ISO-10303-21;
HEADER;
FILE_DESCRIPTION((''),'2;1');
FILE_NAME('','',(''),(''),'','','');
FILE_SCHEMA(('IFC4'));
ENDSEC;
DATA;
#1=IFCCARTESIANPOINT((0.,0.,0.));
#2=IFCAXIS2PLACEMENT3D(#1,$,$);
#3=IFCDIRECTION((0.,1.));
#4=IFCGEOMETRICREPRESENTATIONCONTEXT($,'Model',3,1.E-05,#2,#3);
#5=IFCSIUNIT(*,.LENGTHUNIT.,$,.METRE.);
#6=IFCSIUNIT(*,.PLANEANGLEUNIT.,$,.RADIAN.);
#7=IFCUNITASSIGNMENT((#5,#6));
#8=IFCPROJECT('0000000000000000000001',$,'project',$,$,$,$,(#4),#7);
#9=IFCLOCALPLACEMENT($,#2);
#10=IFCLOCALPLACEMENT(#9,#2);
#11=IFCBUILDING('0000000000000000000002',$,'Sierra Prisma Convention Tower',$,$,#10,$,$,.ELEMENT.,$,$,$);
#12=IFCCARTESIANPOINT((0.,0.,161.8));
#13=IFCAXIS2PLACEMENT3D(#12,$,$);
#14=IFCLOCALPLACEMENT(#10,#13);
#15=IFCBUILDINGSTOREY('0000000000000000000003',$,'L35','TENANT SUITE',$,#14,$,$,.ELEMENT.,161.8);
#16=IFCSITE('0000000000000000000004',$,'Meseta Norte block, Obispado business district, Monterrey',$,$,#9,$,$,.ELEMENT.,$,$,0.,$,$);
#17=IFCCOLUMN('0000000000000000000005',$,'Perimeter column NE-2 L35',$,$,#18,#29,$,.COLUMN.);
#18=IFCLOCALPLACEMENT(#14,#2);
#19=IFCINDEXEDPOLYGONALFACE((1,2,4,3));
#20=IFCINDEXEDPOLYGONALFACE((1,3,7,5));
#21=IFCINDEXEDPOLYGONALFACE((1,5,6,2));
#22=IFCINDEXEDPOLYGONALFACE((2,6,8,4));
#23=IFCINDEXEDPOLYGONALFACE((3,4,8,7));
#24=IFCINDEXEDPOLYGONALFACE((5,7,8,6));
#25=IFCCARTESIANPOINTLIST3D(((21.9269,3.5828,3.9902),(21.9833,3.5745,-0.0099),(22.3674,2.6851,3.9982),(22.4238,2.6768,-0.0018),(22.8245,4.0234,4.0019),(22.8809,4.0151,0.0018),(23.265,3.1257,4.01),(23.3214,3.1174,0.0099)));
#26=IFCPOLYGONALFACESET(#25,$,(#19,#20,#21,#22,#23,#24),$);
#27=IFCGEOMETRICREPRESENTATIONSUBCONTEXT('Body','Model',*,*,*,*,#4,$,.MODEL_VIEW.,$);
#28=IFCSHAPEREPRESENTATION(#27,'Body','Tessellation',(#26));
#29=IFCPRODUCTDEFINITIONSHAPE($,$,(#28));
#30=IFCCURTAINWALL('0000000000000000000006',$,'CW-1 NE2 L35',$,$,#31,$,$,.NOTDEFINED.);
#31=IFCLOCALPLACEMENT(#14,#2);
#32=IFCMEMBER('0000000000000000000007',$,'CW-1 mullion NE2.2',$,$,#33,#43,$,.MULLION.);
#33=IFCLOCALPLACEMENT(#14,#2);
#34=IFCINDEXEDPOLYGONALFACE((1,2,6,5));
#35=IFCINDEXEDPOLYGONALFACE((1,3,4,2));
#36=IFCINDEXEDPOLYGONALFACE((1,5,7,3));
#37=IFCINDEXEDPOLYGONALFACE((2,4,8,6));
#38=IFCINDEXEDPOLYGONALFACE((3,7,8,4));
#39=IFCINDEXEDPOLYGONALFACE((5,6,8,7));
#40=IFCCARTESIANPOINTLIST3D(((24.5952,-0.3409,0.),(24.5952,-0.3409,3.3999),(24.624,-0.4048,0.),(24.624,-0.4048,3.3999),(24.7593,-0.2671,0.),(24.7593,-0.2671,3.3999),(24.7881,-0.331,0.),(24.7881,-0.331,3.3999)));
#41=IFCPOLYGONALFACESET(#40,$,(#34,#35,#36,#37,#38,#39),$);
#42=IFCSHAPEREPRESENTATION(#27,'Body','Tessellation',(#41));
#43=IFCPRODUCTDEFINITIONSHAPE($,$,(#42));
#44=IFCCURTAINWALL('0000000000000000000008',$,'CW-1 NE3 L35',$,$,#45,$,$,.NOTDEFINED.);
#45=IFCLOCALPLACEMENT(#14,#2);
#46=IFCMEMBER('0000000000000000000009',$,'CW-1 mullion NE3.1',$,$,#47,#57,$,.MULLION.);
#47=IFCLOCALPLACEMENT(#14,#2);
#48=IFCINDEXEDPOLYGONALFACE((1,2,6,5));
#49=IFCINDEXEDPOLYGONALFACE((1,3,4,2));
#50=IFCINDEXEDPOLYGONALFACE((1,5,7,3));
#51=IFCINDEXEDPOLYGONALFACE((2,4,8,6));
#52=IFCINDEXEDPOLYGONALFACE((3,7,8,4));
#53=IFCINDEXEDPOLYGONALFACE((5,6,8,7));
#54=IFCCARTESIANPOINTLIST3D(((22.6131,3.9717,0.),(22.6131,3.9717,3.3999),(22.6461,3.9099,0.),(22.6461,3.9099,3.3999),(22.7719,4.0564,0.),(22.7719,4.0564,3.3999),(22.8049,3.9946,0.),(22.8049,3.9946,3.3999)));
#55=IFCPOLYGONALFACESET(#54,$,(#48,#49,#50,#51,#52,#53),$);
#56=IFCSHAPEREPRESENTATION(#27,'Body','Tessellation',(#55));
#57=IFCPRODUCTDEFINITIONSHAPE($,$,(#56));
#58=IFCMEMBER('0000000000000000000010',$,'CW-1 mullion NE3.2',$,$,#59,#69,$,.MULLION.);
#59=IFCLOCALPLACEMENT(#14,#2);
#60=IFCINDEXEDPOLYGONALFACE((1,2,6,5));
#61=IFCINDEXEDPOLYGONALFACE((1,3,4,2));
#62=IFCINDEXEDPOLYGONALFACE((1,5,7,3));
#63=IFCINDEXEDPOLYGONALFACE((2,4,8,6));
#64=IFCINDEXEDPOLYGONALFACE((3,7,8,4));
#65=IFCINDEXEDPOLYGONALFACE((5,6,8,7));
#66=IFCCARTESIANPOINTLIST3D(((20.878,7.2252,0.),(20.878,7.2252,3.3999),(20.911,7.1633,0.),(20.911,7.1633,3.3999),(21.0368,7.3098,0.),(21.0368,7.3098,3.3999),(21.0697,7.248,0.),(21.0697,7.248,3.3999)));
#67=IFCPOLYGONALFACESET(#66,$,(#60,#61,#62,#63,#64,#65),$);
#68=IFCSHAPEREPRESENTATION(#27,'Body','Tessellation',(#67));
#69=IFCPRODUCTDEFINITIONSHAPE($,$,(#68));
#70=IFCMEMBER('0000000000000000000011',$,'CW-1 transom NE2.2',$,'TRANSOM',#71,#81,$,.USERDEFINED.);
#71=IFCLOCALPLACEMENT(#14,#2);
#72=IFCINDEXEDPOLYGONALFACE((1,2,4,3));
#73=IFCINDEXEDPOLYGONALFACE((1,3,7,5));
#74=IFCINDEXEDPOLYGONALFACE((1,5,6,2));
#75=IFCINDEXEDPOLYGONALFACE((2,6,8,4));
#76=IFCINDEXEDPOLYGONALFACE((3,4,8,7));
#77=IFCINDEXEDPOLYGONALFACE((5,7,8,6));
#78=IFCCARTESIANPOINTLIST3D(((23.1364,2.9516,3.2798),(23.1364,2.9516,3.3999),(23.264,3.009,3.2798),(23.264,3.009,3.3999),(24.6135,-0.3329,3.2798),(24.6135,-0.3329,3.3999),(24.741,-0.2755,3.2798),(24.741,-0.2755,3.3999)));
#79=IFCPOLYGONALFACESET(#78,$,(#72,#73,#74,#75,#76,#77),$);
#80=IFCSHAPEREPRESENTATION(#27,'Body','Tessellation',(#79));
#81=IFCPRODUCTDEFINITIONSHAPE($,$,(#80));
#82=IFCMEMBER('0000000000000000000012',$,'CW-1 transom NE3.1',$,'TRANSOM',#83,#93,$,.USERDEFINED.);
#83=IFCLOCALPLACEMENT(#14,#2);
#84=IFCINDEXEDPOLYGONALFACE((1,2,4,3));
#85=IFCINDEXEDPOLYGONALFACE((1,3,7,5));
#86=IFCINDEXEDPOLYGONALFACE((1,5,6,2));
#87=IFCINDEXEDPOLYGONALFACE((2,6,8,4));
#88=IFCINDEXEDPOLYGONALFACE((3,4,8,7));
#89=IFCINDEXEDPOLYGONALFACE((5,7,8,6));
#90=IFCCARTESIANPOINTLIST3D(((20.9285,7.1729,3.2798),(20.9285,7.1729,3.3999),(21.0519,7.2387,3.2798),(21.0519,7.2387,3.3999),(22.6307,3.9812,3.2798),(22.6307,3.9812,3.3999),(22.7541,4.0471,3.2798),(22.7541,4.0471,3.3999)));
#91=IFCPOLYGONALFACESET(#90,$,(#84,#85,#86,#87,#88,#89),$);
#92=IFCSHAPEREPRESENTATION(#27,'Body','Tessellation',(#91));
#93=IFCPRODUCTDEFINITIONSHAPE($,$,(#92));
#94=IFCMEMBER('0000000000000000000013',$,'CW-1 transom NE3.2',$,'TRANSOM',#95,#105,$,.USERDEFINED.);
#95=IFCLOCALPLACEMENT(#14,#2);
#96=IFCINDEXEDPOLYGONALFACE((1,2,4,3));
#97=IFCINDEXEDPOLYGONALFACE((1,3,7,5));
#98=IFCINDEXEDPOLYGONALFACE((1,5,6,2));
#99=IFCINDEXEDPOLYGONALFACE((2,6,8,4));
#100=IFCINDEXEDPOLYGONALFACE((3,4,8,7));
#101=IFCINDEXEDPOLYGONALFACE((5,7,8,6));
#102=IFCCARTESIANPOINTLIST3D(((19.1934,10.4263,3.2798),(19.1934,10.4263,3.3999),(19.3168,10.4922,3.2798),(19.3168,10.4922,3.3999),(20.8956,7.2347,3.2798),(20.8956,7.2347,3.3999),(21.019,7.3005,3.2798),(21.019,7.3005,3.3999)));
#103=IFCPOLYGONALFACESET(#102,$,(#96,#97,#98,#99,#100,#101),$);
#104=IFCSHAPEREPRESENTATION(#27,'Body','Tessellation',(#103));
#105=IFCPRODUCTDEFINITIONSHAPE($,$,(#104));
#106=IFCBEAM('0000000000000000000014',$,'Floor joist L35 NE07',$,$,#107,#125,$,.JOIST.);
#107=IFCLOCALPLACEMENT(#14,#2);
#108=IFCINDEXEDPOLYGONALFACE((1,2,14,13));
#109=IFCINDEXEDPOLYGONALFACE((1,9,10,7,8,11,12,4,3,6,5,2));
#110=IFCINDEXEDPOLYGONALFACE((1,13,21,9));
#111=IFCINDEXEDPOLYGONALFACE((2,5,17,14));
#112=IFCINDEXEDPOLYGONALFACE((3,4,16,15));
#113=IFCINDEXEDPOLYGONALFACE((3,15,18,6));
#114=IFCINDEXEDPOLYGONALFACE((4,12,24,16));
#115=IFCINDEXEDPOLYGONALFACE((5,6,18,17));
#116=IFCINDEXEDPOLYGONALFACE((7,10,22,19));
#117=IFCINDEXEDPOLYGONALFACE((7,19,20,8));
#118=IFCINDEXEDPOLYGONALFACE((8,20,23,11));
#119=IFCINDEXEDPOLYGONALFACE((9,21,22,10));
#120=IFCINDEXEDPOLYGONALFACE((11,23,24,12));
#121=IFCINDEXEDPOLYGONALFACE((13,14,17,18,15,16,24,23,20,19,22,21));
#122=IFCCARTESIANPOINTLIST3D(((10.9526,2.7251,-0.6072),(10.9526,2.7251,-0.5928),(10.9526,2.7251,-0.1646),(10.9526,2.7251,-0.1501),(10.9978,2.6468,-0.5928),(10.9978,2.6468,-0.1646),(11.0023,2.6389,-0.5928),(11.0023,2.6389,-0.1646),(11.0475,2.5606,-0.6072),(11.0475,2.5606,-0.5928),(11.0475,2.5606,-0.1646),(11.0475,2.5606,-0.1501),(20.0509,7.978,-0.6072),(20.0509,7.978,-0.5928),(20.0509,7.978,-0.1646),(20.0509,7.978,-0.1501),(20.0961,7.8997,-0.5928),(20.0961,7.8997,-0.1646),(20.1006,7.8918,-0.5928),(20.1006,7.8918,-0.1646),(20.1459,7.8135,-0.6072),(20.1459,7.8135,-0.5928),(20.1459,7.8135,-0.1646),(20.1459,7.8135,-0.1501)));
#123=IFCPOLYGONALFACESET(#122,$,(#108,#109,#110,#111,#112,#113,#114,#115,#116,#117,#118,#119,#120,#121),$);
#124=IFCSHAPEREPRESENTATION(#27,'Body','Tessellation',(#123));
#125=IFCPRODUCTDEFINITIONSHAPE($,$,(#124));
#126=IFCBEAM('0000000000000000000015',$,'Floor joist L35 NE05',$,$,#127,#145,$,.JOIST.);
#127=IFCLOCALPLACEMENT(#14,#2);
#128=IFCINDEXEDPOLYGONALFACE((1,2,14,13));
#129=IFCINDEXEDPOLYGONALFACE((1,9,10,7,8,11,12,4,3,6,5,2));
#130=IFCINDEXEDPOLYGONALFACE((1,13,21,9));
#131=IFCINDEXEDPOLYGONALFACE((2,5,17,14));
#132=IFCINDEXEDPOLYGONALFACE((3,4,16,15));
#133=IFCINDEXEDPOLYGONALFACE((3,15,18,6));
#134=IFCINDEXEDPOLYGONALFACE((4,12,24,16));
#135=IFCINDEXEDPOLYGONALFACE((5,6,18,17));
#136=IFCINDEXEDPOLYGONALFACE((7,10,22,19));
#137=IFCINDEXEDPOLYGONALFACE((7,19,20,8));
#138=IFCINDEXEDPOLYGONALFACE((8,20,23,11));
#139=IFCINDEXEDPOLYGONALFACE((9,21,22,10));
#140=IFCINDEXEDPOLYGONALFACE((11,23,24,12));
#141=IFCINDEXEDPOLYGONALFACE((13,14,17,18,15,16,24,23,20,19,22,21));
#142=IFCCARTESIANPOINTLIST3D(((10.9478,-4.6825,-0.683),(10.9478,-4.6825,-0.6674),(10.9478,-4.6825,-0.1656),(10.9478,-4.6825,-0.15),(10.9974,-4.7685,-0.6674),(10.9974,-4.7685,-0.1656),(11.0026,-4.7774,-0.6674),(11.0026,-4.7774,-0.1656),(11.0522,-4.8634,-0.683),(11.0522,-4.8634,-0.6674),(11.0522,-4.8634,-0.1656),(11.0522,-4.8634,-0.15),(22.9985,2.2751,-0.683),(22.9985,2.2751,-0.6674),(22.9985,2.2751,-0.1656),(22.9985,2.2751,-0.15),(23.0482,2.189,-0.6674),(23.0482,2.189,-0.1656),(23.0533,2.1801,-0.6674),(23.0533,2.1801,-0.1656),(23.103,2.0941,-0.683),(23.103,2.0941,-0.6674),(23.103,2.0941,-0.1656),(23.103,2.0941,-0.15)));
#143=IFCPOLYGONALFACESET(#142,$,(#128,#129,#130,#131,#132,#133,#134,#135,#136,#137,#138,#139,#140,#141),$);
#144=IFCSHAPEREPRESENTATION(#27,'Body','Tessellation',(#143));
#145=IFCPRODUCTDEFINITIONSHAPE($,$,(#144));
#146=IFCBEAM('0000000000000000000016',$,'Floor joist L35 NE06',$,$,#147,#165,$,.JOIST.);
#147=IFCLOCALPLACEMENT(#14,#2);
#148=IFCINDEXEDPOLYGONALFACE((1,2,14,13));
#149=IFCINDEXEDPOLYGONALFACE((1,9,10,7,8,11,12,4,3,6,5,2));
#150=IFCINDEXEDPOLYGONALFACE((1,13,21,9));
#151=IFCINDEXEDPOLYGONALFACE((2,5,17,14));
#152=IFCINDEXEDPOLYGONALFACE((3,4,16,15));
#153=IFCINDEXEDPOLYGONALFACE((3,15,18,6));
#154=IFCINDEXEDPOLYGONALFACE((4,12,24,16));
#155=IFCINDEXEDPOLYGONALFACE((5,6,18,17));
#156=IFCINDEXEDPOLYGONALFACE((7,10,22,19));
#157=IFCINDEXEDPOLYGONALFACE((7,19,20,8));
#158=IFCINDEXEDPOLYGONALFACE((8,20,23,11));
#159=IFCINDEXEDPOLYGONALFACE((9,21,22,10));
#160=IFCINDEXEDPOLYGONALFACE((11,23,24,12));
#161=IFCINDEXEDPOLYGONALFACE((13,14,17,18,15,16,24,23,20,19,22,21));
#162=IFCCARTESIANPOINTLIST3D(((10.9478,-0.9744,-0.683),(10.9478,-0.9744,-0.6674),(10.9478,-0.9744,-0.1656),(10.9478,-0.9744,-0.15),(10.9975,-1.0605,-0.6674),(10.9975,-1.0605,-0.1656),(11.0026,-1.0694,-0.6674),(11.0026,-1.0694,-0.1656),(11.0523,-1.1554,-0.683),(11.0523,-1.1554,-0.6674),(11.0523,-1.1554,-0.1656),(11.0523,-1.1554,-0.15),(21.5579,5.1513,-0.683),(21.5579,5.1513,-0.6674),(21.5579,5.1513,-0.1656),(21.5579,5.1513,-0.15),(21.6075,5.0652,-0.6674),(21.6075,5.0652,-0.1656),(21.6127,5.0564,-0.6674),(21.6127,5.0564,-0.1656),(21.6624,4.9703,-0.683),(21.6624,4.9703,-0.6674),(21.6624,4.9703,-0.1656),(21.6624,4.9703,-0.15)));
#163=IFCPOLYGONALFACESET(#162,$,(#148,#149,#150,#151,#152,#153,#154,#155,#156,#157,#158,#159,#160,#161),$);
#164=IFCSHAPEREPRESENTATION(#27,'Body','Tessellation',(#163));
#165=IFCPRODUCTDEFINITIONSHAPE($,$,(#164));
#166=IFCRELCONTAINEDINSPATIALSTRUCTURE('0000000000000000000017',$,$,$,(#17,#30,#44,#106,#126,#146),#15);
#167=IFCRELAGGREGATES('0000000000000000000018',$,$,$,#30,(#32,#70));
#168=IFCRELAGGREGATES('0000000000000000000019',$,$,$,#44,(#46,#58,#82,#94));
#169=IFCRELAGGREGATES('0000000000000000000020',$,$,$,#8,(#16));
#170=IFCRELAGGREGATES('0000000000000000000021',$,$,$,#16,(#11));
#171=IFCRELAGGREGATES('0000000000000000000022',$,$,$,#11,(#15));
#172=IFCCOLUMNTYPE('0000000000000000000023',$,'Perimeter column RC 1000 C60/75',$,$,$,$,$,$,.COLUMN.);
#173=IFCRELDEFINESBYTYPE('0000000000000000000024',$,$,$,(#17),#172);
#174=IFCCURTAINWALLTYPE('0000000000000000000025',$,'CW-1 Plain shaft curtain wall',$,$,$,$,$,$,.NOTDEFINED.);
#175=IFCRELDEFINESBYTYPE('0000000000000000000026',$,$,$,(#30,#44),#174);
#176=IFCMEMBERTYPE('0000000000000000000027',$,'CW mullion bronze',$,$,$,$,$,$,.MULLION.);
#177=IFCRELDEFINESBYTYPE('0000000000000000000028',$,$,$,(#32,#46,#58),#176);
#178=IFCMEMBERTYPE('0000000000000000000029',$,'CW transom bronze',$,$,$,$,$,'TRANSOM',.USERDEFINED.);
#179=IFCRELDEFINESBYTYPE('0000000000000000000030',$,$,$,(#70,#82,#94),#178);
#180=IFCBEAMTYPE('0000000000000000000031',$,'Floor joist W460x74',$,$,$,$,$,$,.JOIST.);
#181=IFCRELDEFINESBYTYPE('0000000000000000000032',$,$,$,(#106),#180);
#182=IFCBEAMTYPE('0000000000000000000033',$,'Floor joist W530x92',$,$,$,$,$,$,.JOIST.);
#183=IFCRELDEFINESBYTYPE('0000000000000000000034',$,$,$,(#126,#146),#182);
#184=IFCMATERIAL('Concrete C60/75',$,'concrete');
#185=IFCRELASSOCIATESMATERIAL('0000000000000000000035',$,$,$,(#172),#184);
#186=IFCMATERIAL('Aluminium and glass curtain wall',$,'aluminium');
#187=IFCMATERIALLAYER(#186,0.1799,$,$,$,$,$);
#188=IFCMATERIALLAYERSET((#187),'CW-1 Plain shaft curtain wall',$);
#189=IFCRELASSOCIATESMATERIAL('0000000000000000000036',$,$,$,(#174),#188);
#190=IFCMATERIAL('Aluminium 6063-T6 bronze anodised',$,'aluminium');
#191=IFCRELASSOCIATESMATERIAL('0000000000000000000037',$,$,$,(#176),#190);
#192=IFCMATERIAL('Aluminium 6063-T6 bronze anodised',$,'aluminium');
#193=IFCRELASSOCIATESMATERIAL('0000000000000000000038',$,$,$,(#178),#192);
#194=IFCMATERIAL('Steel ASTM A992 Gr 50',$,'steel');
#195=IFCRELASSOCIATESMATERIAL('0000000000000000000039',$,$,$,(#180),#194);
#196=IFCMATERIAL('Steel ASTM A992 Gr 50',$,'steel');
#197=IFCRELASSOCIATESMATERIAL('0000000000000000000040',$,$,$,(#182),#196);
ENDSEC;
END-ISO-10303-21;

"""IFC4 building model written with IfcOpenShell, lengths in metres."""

from ifc_helpers import new_model, si_unit, direction, frame, origin, origin_2d, place, context, subcontext, project, spatial, rectangle, i_section, extrude, material, layer, layer_set, material_profile, profile_set, type_object, element, aggregate, save


model = new_model("IFC4")

# Units and contexts
model_context = context("Model", 3, precision=1e-05, world=origin(), true_north=direction((0.0, 1.0)))
body_context = subcontext(model_context, "Body", "Model", "MODEL_VIEW")
ifc_project = project(units=[si_unit("LENGTHUNIT", "METRE"), si_unit("PLANEANGLEUNIT", "RADIAN")], contexts=[model_context])

# Site, building, storey
site_placement = place(None, origin())
site = spatial("IfcSite", under=ifc_project, at=site_placement, Name="Meseta Norte block, Obispado business district, Monterrey", CompositionType="ELEMENT", RefElevation=0.0)
building_placement = place(site_placement, origin())
building = spatial("IfcBuilding", under=site, at=building_placement, Name="Sierra Prisma Convention Tower", CompositionType="ELEMENT")
storey_placement = place(building_placement, frame((0.0, 0.0, 161.8)))
storey = spatial("IfcBuildingStorey", under=building, at=storey_placement, Name="L35", Description="TENANT SUITE", CompositionType="ELEMENT", Elevation=161.8)

# Column
ifc_material_1 = material(Name="Concrete C60/75", Category="concrete")
ifc_material_profile_1 = material_profile(ifc_material_1, rectangle(XDim=1.0, YDim=1.0, at=origin_2d()), Name="Perimeter column RC 1000 C60/75")
ifc_profile_set_1 = profile_set([ifc_material_profile_1], Name="Concrete C60/75")
column_type = type_object("IfcColumnType", Name="Perimeter column RC 1000 C60/75", PredefinedType="COLUMN", material=ifc_profile_set_1)
column_placement = place(storey_placement, frame((22.6523, 3.3459, 0.0), z_axis=(-0.014098, 0.002075, 0.999898), x_axis=(-0.440552, 0.897691, -0.008074)))
element("IfcColumn", 1, at=column_placement, inside=storey, type_object=column_type, Name="Perimeter column NE-2 L35", PredefinedType="COLUMN", context=body_context, shape_type="SweptSolid", body=[
    extrude(rectangle(XDim=1.0, YDim=1.0, at=origin_2d()), origin(), (0.0, 0.0, 1.0), 4.0005),
])

# Curtain wall, member
ifc_material_2 = material(Name="Aluminium and glass curtain wall", Category="aluminium")
ifc_layer_1 = layer(ifc_material_2, 0.1799)
ifc_layer_set_1 = layer_set([ifc_layer_1], Name="CW-1 Plain shaft curtain wall")
curtain_wall_type = type_object("IfcCurtainWallType", Name="CW-1 Plain shaft curtain wall", PredefinedType="NOTDEFINED", material=ifc_layer_set_1)
curtain_wall_1_placement = place(storey_placement, origin())
curtain_wall_1 = element("IfcCurtainWall", 2, at=curtain_wall_1_placement, inside=storey, type_object=curtain_wall_type, Name="CW-1 NE2 L35", PredefinedType="NOTDEFINED")
ifc_material_3 = material(Name="Aluminium 6063-T6 bronze anodised", Category="aluminium")
ifc_material_profile_2 = material_profile(ifc_material_3, rectangle(XDim=0.1799, YDim=0.0701, at=origin_2d()), Name="ALU MULLION 70x180")
ifc_profile_set_2 = profile_set([ifc_material_profile_2], Name="Aluminium 6063-T6 bronze anodised")
member_type_1 = type_object("IfcMemberType", Name="CW mullion bronze", PredefinedType="MULLION", material=ifc_profile_set_2)
member_1_placement = place(storey_placement, frame((24.6917, -0.3359, 0.0), z_axis=(0.0, 0.0, 1.0), x_axis=(-0.912028, -0.410127, 0.0)))
member_1 = element("IfcMember", 3, at=member_1_placement, type_object=member_type_1, Name="CW-1 mullion NE2.2", PredefinedType="MULLION", context=body_context, shape_type="SweptSolid", body=[
    extrude(rectangle(XDim=0.1799, YDim=0.0701, at=origin_2d()), origin(), (0.0, 0.0, 1.0), 3.3999),
])

# Curtain wall, members
curtain_wall_2_placement = place(storey_placement, origin())
curtain_wall_2 = element("IfcCurtainWall", 4, at=curtain_wall_2_placement, inside=storey, type_object=curtain_wall_type, Name="CW-1 NE3 L35", PredefinedType="NOTDEFINED")
member_2_placement = place(storey_placement, frame((22.709, 3.9832, 0.0), z_axis=(0.0, 0.0, 1.0), x_axis=(-0.882366, -0.470564, 0.0)))
member_2 = element("IfcMember", 5, at=member_2_placement, type_object=member_type_1, Name="CW-1 mullion NE3.1", PredefinedType="MULLION", context=body_context, shape_type="SweptSolid", body=[
    extrude(rectangle(XDim=0.1799, YDim=0.0701, at=origin_2d()), origin(), (0.0, 0.0, 1.0), 3.3999),
])
member_3_placement = place(storey_placement, frame((20.9739, 7.2366, 0.0), z_axis=(0.0, 0.0, 1.0), x_axis=(-0.882366, -0.470564, 0.0)))
member_3 = element("IfcMember", 6, at=member_3_placement, type_object=member_type_1, Name="CW-1 mullion NE3.2", PredefinedType="MULLION", context=body_context, shape_type="SweptSolid", body=[
    extrude(rectangle(XDim=0.1799, YDim=0.0701, at=origin_2d()), origin(), (0.0, 0.0, 1.0), 3.3999),
])

# Members
ifc_material_4 = material(Name="Aluminium 6063-T6 bronze anodised", Category="aluminium")
ifc_material_profile_3 = material_profile(ifc_material_4, rectangle(XDim=0.1399, YDim=0.1201, at=origin_2d()), Name="ALU TRANSOM 120x140")
ifc_profile_set_3 = profile_set([ifc_material_profile_3], Name="Aluminium 6063-T6 bronze anodised")
member_type_2 = type_object("IfcMemberType", Name="CW transom bronze", ElementType="TRANSOM", PredefinedType="USERDEFINED", material=ifc_profile_set_3)
member_4_placement = place(storey_placement, frame((24.6772, -0.3042, 3.3398), z_axis=(-0.410148, 0.912019, 0.0), x_axis=(-0.912019, -0.410148, 0.0)))
member_4 = element("IfcMember", 7, at=member_4_placement, type_object=member_type_2, Name="CW-1 transom NE2.2", ObjectType="TRANSOM", PredefinedType="USERDEFINED", context=body_context, shape_type="SweptSolid", body=[
    extrude(rectangle(XDim=0.1399, YDim=0.1201, at=origin_2d()), origin(), (0.0, 0.0, 1.0), 3.6013),
])
member_5_placement = place(storey_placement, frame((22.6924, 4.0142, 3.3398), z_axis=(-0.470574, 0.88236, 0.0), x_axis=(-0.88236, -0.470574, 0.0)))
member_5 = element("IfcMember", 8, at=member_5_placement, type_object=member_type_2, Name="CW-1 transom NE3.1", ObjectType="TRANSOM", PredefinedType="USERDEFINED", context=body_context, shape_type="SweptSolid", body=[
    extrude(rectangle(XDim=0.1399, YDim=0.1201, at=origin_2d()), origin(), (0.0, 0.0, 1.0), 3.6172),
])
member_6_placement = place(storey_placement, frame((20.9573, 7.2676, 3.3398), z_axis=(-0.470574, 0.88236, 0.0), x_axis=(-0.88236, -0.470574, 0.0)))
member_6 = element("IfcMember", 9, at=member_6_placement, type_object=member_type_2, Name="CW-1 transom NE3.2", ObjectType="TRANSOM", PredefinedType="USERDEFINED", context=body_context, shape_type="SweptSolid", body=[
    extrude(rectangle(XDim=0.1399, YDim=0.1201, at=origin_2d()), origin(), (0.0, 0.0, 1.0), 3.6172),
])

# Beams
ifc_material_5 = material(Name="Steel ASTM A992 Gr 50", Category="steel")
ifc_material_profile_4 = material_profile(ifc_material_5, i_section(OverallWidth=0.1899, OverallDepth=0.457, WebThickness=0.009, FlangeThickness=0.0144, at=origin_2d()), Name="W460x74")
ifc_profile_set_4 = profile_set([ifc_material_profile_4], Name="Steel ASTM A992 Gr 50")
beam_type_1 = type_object("IfcBeamType", Name="Floor joist W460x74", PredefinedType="JOIST", material=ifc_profile_set_4)
beam_1_placement = place(storey_placement, frame((20.0984, 7.8958, -0.3787), z_axis=(-0.866027, -0.499998, 0.0), x_axis=(0.499998, -0.866027, 0.0)))
element("IfcBeam", 10, at=beam_1_placement, inside=storey, type_object=beam_type_1, Name="Floor joist L35 NE07", PredefinedType="JOIST", context=body_context, shape_type="SweptSolid", body=[
    extrude(i_section(OverallWidth=0.1899, OverallDepth=0.457, WebThickness=0.009, FlangeThickness=0.0144, at=origin_2d()), origin(), (0.0, 0.0, 1.0), 10.5059),
])
ifc_material_6 = material(Name="Steel ASTM A992 Gr 50", Category="steel")
ifc_material_profile_5 = material_profile(ifc_material_6, i_section(OverallWidth=0.209, OverallDepth=0.533, WebThickness=0.0103, FlangeThickness=0.0156, at=origin_2d()), Name="W530x92")
ifc_profile_set_5 = profile_set([ifc_material_profile_5], Name="Steel ASTM A992 Gr 50")
beam_type_2 = type_object("IfcBeamType", Name="Floor joist W530x92", PredefinedType="JOIST", material=ifc_profile_set_5)
beam_2_placement = place(storey_placement, frame((23.0508, 2.1846, -0.4165), z_axis=(-0.866025, -0.5, 0.0), x_axis=(0.5, -0.866025, 0.0)))
element("IfcBeam", 11, at=beam_2_placement, inside=storey, type_object=beam_type_2, Name="Floor joist L35 NE05", PredefinedType="JOIST", context=body_context, shape_type="SweptSolid", body=[
    extrude(i_section(OverallWidth=0.209, OverallDepth=0.533, WebThickness=0.0103, FlangeThickness=0.0156, at=origin_2d()), origin(), (0.0, 0.0, 1.0), 13.915),
])
beam_3_placement = place(storey_placement, frame((21.6101, 5.0608, -0.4165), z_axis=(-0.866026, -0.499999, 0.0), x_axis=(0.499999, -0.866026, 0.0)))
element("IfcBeam", 12, at=beam_3_placement, inside=storey, type_object=beam_type_2, Name="Floor joist L35 NE06", PredefinedType="JOIST", context=body_context, shape_type="SweptSolid", body=[
    extrude(i_section(OverallWidth=0.209, OverallDepth=0.533, WebThickness=0.0103, FlangeThickness=0.0156, at=origin_2d()), origin(), (0.0, 0.0, 1.0), 12.2515),
])

aggregate(curtain_wall_1, [member_1, member_4])
aggregate(curtain_wall_2, [member_2, member_3, member_5, member_6])

save(model, "model.ifc")
